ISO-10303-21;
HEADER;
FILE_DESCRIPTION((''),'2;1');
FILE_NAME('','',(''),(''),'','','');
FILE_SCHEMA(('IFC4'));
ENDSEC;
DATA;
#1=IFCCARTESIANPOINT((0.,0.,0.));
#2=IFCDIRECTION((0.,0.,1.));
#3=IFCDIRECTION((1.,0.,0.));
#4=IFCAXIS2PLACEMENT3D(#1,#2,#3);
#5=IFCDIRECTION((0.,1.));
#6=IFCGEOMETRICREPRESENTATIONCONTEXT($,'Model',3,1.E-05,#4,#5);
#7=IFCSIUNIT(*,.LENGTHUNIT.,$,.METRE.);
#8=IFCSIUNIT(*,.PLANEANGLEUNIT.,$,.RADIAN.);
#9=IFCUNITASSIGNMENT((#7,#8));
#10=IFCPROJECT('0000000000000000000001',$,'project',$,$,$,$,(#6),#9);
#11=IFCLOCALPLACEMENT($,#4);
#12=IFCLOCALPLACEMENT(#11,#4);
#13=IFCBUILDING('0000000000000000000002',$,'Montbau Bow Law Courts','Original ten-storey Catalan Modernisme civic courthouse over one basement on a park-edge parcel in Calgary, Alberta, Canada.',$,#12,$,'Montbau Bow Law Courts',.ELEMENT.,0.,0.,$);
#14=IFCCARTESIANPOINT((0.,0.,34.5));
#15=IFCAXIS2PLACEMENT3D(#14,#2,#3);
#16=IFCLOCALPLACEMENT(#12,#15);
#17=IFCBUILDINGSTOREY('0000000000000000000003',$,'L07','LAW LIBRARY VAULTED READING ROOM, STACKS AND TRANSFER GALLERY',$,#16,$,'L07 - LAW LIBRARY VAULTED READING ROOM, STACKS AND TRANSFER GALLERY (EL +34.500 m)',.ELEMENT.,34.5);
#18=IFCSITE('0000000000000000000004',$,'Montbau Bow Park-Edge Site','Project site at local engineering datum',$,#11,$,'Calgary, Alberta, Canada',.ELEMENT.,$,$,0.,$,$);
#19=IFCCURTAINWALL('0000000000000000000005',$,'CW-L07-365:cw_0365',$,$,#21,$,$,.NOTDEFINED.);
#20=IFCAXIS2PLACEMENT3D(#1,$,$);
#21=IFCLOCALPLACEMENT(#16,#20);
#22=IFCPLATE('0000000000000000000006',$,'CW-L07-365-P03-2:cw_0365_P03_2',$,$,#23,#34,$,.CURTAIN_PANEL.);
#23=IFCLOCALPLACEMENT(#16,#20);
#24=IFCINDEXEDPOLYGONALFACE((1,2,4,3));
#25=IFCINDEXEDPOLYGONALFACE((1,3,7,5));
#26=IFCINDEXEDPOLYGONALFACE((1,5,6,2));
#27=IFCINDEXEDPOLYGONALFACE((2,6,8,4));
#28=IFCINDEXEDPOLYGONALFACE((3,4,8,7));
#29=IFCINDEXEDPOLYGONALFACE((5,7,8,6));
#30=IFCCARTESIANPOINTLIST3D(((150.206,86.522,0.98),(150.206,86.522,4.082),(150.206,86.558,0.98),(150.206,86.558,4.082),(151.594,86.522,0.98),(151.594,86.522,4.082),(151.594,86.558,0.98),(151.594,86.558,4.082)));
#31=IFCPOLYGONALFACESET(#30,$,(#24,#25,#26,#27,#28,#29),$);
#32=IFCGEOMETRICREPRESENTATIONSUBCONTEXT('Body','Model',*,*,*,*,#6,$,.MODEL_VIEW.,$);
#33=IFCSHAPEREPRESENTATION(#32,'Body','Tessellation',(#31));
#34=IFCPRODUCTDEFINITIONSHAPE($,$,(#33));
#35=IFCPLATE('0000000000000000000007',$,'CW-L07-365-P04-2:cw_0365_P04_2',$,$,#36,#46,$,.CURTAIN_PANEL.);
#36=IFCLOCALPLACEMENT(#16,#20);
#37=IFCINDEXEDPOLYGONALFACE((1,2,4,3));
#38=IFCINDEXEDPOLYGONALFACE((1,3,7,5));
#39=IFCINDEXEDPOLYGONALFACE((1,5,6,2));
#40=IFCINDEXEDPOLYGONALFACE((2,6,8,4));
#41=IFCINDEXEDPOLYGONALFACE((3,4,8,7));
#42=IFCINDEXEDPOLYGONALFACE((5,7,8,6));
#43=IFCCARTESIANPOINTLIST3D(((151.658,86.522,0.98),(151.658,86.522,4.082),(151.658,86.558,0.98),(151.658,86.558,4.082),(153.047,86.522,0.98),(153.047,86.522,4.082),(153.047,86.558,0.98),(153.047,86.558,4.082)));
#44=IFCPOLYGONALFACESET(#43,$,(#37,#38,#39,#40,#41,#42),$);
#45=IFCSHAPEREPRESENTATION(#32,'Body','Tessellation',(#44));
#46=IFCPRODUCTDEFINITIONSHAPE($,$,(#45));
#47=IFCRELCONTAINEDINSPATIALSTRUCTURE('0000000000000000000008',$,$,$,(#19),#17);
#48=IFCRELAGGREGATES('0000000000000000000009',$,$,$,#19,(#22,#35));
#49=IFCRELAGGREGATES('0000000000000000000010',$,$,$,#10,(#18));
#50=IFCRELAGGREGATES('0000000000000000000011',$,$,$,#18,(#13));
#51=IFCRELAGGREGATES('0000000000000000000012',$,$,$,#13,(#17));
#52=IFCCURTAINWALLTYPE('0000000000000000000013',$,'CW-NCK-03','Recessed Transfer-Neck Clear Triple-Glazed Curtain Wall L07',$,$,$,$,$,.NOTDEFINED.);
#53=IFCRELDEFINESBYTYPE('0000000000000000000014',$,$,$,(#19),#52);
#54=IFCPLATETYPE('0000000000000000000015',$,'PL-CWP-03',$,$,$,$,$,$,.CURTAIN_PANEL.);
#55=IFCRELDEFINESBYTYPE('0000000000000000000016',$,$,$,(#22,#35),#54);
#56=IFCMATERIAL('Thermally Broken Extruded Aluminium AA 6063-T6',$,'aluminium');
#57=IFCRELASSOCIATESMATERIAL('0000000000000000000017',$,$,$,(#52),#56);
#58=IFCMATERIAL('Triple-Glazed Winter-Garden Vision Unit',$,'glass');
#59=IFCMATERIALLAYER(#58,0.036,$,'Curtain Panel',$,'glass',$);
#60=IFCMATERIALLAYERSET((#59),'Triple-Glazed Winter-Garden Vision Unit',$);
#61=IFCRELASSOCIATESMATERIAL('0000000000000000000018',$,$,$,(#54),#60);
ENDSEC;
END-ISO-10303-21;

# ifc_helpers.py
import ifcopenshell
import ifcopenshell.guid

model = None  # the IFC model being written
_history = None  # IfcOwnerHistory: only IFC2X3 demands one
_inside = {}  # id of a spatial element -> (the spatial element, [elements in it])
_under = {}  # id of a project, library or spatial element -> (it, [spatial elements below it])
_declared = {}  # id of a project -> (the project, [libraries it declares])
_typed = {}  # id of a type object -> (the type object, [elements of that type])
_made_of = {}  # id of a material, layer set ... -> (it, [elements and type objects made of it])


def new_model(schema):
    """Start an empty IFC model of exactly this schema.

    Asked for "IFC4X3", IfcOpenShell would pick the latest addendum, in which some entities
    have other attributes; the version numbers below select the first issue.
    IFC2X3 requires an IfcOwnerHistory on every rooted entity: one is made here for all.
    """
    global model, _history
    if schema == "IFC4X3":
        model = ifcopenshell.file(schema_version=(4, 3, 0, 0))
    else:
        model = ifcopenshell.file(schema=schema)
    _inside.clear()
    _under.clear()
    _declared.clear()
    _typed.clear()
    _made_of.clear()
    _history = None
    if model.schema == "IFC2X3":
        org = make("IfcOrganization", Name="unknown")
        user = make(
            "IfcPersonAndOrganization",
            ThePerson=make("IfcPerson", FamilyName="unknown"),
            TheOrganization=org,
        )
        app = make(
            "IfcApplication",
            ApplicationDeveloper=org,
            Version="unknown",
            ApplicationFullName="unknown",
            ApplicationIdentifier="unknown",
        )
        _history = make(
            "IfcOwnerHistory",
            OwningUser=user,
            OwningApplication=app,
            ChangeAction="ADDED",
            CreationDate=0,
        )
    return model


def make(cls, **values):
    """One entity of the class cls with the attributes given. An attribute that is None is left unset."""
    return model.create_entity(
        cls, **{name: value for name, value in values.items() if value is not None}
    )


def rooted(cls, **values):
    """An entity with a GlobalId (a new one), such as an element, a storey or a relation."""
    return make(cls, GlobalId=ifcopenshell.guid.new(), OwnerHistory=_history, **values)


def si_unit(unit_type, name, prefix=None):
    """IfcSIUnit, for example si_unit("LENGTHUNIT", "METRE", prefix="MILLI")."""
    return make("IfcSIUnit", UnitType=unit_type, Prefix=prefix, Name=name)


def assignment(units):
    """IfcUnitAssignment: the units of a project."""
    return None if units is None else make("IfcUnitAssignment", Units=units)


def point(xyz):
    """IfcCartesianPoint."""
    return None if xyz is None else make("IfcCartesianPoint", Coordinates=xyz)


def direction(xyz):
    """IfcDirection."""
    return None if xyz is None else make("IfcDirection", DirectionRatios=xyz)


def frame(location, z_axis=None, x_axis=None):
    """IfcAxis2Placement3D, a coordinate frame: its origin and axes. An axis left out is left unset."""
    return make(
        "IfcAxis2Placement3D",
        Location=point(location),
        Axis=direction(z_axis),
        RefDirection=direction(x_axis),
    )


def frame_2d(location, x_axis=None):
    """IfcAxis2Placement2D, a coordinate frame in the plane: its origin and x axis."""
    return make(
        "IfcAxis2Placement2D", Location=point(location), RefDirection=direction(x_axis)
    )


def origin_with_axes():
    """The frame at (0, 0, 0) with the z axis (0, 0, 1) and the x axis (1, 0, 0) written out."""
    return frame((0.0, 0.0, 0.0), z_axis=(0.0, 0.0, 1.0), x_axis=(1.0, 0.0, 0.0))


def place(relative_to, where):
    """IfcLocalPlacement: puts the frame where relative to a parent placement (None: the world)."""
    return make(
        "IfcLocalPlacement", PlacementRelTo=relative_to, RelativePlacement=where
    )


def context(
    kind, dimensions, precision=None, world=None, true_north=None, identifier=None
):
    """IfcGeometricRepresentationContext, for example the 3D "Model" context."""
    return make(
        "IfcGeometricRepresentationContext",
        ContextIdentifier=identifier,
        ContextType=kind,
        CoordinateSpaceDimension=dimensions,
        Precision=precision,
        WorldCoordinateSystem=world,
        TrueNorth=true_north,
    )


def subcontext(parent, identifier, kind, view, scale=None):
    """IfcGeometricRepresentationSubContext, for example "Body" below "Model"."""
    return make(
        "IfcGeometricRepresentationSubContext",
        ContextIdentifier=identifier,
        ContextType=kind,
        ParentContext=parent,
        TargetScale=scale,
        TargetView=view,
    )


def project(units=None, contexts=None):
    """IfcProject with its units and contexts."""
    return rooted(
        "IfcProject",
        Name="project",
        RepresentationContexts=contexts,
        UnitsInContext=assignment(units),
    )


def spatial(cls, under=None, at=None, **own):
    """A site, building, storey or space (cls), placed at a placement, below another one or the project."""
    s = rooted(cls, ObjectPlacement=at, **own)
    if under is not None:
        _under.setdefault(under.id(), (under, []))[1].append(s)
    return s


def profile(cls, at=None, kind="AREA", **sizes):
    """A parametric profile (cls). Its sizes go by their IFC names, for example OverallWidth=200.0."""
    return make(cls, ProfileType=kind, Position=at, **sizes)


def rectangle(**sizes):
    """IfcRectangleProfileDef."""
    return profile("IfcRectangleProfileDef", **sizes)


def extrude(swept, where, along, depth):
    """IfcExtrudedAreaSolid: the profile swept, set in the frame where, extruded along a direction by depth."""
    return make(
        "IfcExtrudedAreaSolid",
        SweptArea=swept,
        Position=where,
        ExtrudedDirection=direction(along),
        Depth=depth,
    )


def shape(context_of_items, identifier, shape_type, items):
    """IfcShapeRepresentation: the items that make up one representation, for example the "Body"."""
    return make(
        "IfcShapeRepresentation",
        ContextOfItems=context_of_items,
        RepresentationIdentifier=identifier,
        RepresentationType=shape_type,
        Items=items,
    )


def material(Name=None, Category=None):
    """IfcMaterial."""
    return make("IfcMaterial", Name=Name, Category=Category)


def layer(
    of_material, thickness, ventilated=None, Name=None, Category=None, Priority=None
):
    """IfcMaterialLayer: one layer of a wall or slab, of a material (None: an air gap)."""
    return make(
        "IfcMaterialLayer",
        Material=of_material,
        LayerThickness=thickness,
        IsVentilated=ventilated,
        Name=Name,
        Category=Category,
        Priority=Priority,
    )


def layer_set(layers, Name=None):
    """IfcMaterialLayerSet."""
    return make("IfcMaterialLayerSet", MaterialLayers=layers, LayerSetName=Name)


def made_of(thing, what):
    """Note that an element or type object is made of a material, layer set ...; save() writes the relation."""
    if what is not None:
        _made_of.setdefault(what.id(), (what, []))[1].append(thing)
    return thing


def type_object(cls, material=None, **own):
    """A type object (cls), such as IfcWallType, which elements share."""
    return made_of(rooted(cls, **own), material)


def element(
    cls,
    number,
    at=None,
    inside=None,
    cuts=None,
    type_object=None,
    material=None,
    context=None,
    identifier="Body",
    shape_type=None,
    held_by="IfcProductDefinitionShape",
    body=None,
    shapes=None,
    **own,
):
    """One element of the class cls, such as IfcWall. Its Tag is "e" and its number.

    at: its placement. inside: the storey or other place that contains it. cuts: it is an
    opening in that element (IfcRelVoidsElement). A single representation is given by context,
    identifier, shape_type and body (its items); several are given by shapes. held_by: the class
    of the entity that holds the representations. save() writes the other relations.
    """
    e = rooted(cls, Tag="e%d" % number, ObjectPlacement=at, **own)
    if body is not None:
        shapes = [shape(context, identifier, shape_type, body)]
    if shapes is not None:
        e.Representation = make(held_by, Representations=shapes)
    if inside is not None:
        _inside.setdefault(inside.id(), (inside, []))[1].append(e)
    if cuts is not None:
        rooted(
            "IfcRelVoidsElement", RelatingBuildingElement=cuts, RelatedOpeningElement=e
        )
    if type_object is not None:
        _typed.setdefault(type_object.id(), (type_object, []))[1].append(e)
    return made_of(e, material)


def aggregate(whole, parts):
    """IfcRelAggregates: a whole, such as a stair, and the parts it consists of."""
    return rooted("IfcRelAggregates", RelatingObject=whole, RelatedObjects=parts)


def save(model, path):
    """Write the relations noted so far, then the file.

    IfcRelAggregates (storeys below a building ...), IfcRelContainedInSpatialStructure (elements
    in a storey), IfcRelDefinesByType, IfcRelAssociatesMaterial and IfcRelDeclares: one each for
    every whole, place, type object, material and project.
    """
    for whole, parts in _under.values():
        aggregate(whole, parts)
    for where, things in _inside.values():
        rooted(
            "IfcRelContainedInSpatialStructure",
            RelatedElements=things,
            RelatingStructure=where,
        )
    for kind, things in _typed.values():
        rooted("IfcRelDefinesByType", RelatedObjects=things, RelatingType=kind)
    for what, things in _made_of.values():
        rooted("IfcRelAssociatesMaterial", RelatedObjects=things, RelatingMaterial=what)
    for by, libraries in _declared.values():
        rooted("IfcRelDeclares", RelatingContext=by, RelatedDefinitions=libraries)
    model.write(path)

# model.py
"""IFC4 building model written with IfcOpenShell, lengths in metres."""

from ifc_helpers import new_model, si_unit, direction, frame, frame_2d, origin_with_axes, place, context, subcontext, project, spatial, rectangle, extrude, material, layer, layer_set, type_object, element, aggregate, save


model = new_model("IFC4")

# Units and contexts
model_context = context("Model", 3, precision=1e-05, world=origin_with_axes(), true_north=direction((0.0, 1.0)))
body_context = subcontext(model_context, "Body", "Model", "MODEL_VIEW")
ifc_project = project(units=[si_unit("LENGTHUNIT", "METRE"), si_unit("PLANEANGLEUNIT", "RADIAN")], contexts=[model_context])

# Site, building, storey
site_placement = place(None, origin_with_axes())
site = spatial("IfcSite", under=ifc_project, at=site_placement, Name="Montbau Bow Park-Edge Site", Description="Project site at local engineering datum", LongName="Calgary, Alberta, Canada", CompositionType="ELEMENT", RefElevation=0.0)
building_placement = place(site_placement, origin_with_axes())
building = spatial("IfcBuilding", under=site, at=building_placement, Name="Montbau Bow Law Courts", Description="Original ten-storey Catalan Modernisme civic courthouse over one basement on a park-edge parcel in Calgary, Alberta, Canada.", LongName="Montbau Bow Law Courts", CompositionType="ELEMENT", ElevationOfRefHeight=0.0, ElevationOfTerrain=0.0)
storey_placement = place(building_placement, frame((0.0, 0.0, 34.5), z_axis=(0.0, 0.0, 1.0), x_axis=(1.0, 0.0, 0.0)))
storey = spatial("IfcBuildingStorey", under=building, at=storey_placement, Name="L07", Description="LAW LIBRARY VAULTED READING ROOM, STACKS AND TRANSFER GALLERY", LongName="L07 - LAW LIBRARY VAULTED READING ROOM, STACKS AND TRANSFER GALLERY (EL +34.500 m)", CompositionType="ELEMENT", Elevation=34.5)

# Curtain wall, plates
ifc_material_1 = material(Name="Thermally Broken Extruded Aluminium AA 6063-T6", Category="aluminium")
curtain_wall_type = type_object("IfcCurtainWallType", Name="CW-NCK-03", Description="Recessed Transfer-Neck Clear Triple-Glazed Curtain Wall L07", PredefinedType="NOTDEFINED", material=ifc_material_1)
curtain_wall_placement = place(None, frame((147.268, 86.54, 34.5), z_axis=(0.0, 0.0, 1.0), x_axis=(1.0, 0.0, 0.0)))
curtain_wall = element("IfcCurtainWall", 1, at=curtain_wall_placement, inside=storey, type_object=curtain_wall_type, Name="CW-L07-365:cw_0365", PredefinedType="NOTDEFINED")
ifc_material_2 = material(Name="Triple-Glazed Winter-Garden Vision Unit", Category="glass")
ifc_layer_1 = layer(ifc_material_2, 0.036, Name="Curtain Panel", Category="glass")
ifc_layer_set_1 = layer_set([ifc_layer_1], Name="Triple-Glazed Winter-Garden Vision Unit")
plate_type_1 = type_object("IfcPlateType", Name="PL-CWP-03", PredefinedType="CURTAIN_PANEL", material=ifc_layer_set_1)
plate_1_placement = place(None, frame((150.206, 86.54, 35.48), z_axis=(0.0, -1.0, 0.0), x_axis=(1.0, 0.0, 0.0)))
plate_1 = element("IfcPlate", 2, at=plate_1_placement, type_object=plate_type_1, Name="CW-L07-365-P03-2:cw_0365_P03_2", PredefinedType="CURTAIN_PANEL", context=body_context, shape_type="SweptSolid", body=[
    extrude(rectangle(XDim=1.388, YDim=3.102, at=frame_2d((0.694, 1.551), x_axis=(1.0, 0.0))), frame((0.0, 0.0, -0.018), z_axis=(0.0, 0.0, 1.0), x_axis=(1.0, 0.0, 0.0)), (0.0, 0.0, 1.0), 0.036),
])
plate_2_placement = place(None, frame((151.658, 86.54, 35.48), z_axis=(0.0, -1.0, 0.0), x_axis=(1.0, 0.0, 0.0)))
plate_2 = element("IfcPlate", 3, at=plate_2_placement, type_object=plate_type_1, Name="CW-L07-365-P04-2:cw_0365_P04_2", PredefinedType="CURTAIN_PANEL", context=body_context, shape_type="SweptSolid", body=[
    extrude(rectangle(XDim=1.389, YDim=3.102, at=frame_2d((0.6945, 1.551), x_axis=(1.0, 0.0))), frame((0.0, 0.0, -0.018), z_axis=(0.0, 0.0, 1.0), x_axis=(1.0, 0.0, 0.0)), (0.0, 0.0, 1.0), 0.036),
])
aggregate(curtain_wall, [plate_1, plate_2])

save(model, "model.ifc")
